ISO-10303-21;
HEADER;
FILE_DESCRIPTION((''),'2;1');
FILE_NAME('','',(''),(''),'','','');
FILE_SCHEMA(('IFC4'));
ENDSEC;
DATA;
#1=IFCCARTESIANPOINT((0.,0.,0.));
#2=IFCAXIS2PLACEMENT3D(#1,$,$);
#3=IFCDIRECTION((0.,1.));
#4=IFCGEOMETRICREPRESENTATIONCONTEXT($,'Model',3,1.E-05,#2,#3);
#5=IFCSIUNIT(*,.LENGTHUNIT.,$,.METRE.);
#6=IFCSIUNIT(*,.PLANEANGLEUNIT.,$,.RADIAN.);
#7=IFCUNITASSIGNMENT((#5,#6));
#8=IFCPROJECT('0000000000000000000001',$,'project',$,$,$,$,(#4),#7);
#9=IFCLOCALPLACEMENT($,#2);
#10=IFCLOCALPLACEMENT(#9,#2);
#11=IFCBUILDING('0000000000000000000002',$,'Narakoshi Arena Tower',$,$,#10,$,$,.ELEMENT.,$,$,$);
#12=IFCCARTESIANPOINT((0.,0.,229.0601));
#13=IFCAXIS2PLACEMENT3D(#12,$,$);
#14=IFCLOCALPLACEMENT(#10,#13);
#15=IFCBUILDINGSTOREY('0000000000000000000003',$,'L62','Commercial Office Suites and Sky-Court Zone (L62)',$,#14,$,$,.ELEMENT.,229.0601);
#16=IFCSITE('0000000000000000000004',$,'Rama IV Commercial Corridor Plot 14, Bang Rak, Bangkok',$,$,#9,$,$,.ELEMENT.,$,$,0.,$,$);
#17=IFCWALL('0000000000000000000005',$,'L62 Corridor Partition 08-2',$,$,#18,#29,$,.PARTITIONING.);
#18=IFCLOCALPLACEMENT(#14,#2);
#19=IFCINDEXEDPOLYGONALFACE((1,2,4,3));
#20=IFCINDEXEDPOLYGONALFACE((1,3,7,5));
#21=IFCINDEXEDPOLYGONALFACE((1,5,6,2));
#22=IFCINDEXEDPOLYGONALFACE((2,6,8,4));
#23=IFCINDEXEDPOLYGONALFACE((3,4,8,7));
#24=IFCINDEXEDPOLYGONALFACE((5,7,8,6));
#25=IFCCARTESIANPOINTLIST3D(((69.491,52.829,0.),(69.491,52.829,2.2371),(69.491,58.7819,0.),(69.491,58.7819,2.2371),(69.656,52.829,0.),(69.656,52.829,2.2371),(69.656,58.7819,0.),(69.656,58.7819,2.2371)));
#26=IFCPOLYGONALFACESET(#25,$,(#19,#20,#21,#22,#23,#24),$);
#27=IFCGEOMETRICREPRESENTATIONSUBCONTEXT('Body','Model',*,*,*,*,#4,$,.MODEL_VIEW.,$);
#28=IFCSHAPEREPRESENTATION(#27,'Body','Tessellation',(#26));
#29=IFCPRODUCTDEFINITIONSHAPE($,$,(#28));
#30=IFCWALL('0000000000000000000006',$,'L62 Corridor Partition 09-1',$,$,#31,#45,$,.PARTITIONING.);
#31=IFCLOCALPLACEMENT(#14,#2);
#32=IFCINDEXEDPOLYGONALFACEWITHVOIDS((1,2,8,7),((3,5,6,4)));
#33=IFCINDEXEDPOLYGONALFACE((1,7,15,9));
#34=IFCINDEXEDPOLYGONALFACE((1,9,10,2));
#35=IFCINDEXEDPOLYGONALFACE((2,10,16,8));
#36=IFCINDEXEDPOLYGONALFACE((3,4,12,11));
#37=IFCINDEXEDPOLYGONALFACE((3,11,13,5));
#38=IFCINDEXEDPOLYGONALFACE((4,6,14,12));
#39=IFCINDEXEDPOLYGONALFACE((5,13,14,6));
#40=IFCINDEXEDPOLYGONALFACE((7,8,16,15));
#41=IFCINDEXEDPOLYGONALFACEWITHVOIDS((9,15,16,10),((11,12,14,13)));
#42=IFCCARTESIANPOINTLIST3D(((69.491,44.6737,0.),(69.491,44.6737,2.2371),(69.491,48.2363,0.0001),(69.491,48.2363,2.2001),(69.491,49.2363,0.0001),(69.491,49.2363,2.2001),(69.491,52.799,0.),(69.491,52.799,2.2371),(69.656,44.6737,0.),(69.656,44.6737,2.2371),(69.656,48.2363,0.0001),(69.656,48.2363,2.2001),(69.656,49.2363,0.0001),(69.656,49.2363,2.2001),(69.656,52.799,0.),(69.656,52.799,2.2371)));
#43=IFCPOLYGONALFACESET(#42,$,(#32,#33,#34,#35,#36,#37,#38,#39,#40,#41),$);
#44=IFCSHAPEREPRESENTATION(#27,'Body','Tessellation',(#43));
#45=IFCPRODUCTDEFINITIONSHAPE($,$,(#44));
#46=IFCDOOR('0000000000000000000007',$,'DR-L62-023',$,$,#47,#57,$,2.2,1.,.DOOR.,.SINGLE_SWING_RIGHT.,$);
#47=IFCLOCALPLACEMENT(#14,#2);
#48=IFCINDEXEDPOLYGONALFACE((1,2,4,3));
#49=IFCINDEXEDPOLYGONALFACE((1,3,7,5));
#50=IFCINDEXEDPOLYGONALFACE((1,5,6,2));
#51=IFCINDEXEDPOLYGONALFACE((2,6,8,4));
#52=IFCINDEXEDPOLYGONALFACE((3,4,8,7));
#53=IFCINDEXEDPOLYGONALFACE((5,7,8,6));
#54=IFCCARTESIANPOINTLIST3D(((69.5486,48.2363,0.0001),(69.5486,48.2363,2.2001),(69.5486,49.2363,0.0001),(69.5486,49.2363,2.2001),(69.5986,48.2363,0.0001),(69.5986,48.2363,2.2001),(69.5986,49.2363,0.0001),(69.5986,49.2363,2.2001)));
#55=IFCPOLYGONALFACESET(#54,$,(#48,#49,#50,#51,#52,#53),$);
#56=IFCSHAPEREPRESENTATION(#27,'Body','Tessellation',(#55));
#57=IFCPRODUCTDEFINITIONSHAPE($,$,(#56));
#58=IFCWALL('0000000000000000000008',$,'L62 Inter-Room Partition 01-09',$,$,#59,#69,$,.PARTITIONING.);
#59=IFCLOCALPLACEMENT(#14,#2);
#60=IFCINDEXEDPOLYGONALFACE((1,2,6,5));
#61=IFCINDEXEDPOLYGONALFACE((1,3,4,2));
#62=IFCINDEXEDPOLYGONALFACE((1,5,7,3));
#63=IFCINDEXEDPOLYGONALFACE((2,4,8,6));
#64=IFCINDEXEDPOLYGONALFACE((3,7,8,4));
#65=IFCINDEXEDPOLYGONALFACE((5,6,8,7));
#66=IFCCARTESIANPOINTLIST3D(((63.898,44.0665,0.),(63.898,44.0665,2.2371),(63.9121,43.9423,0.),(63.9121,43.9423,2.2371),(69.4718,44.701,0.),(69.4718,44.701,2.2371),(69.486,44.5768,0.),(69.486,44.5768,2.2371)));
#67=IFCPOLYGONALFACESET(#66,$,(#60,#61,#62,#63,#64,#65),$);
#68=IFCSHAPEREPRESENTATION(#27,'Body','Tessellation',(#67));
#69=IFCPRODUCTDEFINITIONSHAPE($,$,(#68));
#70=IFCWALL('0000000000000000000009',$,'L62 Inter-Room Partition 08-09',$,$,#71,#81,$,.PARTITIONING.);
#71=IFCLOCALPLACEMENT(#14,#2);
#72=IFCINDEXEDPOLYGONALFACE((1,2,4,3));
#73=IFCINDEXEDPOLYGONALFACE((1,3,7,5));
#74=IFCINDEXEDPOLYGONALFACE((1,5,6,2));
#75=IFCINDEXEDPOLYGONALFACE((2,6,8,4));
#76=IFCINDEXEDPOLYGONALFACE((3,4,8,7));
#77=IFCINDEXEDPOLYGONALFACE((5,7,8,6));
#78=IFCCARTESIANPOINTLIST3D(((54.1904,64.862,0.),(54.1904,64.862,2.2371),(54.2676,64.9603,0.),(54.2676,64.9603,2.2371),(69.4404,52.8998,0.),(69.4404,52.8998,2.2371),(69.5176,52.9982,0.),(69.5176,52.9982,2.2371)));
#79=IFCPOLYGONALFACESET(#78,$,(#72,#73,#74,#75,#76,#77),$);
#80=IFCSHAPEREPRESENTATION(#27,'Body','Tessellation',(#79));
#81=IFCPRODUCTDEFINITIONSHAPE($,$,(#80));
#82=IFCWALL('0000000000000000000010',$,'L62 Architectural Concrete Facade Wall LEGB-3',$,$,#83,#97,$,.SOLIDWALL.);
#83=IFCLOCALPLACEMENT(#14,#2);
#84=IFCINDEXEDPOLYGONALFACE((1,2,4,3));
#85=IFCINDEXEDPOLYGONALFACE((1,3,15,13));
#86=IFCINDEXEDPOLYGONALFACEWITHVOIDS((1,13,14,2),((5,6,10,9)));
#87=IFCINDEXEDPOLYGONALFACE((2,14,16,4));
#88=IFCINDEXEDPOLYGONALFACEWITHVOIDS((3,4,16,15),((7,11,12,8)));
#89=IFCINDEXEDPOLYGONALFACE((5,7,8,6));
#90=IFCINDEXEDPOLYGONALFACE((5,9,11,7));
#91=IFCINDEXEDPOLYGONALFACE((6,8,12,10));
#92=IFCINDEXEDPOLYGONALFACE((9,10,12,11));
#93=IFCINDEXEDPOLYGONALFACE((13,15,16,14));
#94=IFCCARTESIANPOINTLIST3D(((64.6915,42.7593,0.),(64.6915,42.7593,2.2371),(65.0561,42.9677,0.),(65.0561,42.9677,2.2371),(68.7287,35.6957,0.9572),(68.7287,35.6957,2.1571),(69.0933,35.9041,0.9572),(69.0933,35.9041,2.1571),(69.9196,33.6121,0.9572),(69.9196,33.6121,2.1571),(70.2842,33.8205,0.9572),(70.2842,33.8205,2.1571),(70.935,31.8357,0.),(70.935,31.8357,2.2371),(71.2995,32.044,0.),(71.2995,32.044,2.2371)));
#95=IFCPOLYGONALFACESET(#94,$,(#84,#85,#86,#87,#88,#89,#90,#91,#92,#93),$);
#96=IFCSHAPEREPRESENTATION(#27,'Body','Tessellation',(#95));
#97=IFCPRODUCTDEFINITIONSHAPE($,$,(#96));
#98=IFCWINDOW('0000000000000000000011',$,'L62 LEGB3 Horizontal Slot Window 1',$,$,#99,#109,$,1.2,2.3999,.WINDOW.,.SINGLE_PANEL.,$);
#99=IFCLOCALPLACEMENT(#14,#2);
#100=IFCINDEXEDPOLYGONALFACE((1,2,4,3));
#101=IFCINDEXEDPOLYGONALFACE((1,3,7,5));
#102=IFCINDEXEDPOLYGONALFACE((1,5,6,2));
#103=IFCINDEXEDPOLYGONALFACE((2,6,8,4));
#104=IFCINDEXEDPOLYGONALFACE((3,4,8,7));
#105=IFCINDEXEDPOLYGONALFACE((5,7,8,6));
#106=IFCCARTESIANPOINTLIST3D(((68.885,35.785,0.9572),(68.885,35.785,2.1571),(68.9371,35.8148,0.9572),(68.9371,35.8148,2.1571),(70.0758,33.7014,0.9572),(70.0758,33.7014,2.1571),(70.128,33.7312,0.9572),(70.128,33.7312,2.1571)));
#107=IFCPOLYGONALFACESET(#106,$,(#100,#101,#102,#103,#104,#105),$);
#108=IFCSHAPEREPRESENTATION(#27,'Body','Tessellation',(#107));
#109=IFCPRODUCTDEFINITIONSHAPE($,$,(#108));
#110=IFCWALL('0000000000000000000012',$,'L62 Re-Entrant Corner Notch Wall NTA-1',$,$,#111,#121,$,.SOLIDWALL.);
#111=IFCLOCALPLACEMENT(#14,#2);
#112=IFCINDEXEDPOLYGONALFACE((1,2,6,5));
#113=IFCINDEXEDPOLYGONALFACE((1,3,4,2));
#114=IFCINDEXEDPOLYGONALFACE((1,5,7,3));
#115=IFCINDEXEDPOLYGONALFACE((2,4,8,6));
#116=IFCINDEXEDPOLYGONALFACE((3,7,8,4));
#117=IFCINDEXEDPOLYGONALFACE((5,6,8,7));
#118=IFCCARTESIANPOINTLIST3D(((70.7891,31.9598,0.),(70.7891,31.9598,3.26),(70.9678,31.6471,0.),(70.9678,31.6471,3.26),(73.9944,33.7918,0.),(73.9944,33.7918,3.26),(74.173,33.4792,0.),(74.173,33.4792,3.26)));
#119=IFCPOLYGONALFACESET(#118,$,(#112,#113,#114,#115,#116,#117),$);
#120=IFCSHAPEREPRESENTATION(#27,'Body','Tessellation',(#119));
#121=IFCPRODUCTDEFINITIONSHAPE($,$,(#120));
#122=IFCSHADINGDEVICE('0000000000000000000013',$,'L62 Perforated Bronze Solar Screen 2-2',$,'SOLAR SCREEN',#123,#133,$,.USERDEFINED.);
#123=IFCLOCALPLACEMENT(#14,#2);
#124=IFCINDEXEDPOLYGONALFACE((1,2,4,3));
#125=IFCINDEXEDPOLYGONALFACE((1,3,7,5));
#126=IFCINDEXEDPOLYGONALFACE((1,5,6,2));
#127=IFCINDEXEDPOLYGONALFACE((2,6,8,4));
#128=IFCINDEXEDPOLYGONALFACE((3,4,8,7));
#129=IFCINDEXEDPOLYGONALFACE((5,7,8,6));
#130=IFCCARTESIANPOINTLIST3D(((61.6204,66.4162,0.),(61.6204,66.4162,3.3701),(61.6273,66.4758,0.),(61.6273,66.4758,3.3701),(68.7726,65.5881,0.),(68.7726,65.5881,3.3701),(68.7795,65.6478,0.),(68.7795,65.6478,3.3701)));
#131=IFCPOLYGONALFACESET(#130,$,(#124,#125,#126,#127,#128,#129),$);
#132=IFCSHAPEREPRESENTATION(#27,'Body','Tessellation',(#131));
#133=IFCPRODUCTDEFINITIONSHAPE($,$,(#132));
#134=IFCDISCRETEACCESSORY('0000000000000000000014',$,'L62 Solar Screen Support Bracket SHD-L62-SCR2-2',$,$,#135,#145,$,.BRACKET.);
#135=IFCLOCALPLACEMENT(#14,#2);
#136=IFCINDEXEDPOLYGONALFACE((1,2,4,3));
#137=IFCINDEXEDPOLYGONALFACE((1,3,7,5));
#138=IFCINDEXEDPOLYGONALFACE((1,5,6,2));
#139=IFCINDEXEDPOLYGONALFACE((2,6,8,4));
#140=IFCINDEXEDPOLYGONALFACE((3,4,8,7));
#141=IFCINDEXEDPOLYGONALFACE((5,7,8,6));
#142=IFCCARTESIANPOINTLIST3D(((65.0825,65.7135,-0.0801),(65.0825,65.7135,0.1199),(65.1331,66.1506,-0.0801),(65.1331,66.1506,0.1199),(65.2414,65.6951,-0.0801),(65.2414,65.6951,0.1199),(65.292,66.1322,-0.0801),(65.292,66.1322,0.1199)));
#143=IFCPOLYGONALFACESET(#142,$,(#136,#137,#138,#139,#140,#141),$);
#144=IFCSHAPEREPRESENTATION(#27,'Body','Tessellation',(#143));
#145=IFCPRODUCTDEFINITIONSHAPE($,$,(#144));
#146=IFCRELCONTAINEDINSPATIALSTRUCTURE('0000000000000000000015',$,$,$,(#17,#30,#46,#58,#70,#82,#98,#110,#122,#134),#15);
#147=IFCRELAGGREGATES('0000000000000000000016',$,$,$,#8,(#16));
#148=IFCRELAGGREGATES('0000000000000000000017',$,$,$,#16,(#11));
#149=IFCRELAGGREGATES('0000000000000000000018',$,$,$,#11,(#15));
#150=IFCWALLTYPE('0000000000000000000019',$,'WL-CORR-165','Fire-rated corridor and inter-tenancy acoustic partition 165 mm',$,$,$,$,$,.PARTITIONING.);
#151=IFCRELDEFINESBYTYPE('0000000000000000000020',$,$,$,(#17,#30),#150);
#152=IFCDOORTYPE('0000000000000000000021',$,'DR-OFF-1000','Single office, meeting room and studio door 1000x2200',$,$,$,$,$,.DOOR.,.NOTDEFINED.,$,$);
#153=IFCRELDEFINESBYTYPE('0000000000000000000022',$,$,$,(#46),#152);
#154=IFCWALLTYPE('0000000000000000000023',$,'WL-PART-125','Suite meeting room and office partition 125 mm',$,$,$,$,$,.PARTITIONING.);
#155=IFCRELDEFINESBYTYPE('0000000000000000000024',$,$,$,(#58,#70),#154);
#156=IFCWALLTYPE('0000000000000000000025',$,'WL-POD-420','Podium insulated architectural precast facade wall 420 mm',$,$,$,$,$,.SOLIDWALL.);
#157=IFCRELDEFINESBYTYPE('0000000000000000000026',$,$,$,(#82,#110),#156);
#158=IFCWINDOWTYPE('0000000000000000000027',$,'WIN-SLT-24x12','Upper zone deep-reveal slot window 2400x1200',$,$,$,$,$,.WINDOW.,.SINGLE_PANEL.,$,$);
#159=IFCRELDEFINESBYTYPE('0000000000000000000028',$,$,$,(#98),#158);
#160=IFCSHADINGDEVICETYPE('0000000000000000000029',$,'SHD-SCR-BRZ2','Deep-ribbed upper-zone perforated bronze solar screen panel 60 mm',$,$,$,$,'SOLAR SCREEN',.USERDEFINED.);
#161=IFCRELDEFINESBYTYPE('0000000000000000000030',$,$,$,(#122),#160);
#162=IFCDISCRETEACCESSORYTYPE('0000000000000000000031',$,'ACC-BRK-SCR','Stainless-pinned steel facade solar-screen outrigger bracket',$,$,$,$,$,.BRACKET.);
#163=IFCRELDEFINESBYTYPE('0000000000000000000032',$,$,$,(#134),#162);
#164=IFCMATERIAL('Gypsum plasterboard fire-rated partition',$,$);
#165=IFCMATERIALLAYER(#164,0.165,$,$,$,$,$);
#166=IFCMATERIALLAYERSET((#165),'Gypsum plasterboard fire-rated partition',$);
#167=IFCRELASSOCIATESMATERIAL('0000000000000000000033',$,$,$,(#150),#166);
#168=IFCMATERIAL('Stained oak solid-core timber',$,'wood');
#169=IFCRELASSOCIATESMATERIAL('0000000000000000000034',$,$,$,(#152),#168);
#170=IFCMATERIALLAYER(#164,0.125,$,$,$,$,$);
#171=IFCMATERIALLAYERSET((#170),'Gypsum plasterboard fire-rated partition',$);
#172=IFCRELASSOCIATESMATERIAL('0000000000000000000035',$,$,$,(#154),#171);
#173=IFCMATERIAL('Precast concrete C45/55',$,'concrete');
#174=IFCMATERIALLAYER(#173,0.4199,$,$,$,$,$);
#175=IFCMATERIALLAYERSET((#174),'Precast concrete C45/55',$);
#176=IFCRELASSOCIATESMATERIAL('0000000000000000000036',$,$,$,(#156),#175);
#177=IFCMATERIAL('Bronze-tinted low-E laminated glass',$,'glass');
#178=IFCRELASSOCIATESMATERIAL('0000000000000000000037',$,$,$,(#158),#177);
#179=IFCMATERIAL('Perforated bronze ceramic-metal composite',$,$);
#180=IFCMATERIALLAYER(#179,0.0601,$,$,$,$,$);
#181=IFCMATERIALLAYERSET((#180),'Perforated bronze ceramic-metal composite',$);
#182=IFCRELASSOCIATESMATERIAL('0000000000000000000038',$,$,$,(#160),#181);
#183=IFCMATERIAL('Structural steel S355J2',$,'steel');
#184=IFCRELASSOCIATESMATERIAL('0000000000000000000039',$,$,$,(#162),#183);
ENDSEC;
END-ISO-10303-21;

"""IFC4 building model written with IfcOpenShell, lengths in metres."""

from ifc_helpers import new_model, si_unit, direction, frame, frame_2d, origin, origin_2d, place, context, subcontext, project, spatial, rectangle, extrude, material, layer, layer_set, type_object, element, fill, save


model = new_model("IFC4")

# Units and contexts
model_context = context("Model", 3, precision=1e-05, world=origin(), true_north=direction((0.0, 1.0)))
body_context = subcontext(model_context, "Body", "Model", "MODEL_VIEW")
ifc_project = project(units=[si_unit("LENGTHUNIT", "METRE"), si_unit("PLANEANGLEUNIT", "RADIAN")], contexts=[model_context])

# Site, building, storey
site_placement = place(None, origin())
site = spatial("IfcSite", under=ifc_project, at=site_placement, Name="Rama IV Commercial Corridor Plot 14, Bang Rak, Bangkok", CompositionType="ELEMENT", RefElevation=0.0)
building_placement = place(site_placement, origin())
building = spatial("IfcBuilding", under=site, at=building_placement, Name="Narakoshi Arena Tower", CompositionType="ELEMENT")
storey_placement = place(building_placement, frame((0.0, 0.0, 229.0601)))
storey = spatial("IfcBuildingStorey", under=building, at=storey_placement, Name="L62", Description="Commercial Office Suites and Sky-Court Zone (L62)", CompositionType="ELEMENT", Elevation=229.0601)

# Shared definitions
ifc_material_1 = material(Name="Structural steel S355J2", Category="steel")

# Shared definitions
ifc_material_2 = material(Name="Bronze-tinted low-E laminated glass", Category="glass")

# Shared definitions
ifc_material_3 = material(Name="Gypsum plasterboard fire-rated partition")
ifc_layer_1 = layer(ifc_material_3, 0.165)
ifc_layer_set_1 = layer_set([ifc_layer_1], Name="Gypsum plasterboard fire-rated partition")
wall_type_1 = type_object("IfcWallType", Name="WL-CORR-165", Description="Fire-rated corridor and inter-tenancy acoustic partition 165 mm", PredefinedType="PARTITIONING", material=ifc_layer_set_1)
ifc_material_4 = material(Name="Stained oak solid-core timber", Category="wood")
door_type = type_object("IfcDoorType", Name="DR-OFF-1000", Description="Single office, meeting room and studio door 1000x2200", OperationType="NOTDEFINED", PredefinedType="DOOR", material=ifc_material_4)

# Wall
wall_1_placement = place(storey_placement, frame((69.5735, 58.782, 0.0), z_axis=(0.0, 0.0, 1.0), x_axis=(0.0, -1.0, 0.0)))
element("IfcWall", 1, at=wall_1_placement, inside=storey, type_object=wall_type_1, Name="L62 Corridor Partition 08-2", PredefinedType="PARTITIONING", context=body_context, shape_type="SweptSolid", body=[
    extrude(rectangle(XDim=5.9529, YDim=0.165, at=frame_2d((2.9766, 0.0))), origin(), (0.0, 0.0, 1.0), 2.2371),
])

# Wall, opening, door
wall_2_placement = place(storey_placement, frame((69.5735, 52.7988, 0.0), z_axis=(0.0, 0.0, 1.0), x_axis=(0.0, -1.0, 0.0)))
wall_2 = element("IfcWall", 2, at=wall_2_placement, inside=storey, type_object=wall_type_1, Name="L62 Corridor Partition 09-1", PredefinedType="PARTITIONING", context=body_context, shape_type="SweptSolid", body=[
    extrude(rectangle(XDim=8.1252, YDim=0.165, at=frame_2d((4.0625, 0.0))), origin(), (0.0, 0.0, 1.0), 2.2371),
])
opening_1_placement = place(wall_2_placement, frame((3.5625, 0.0, 0.0)))
opening_1 = element("IfcOpeningElement", 3, at=opening_1_placement, cuts=wall_2, PredefinedType="OPENING", context=body_context, shape_type="SweptSolid", body=[
    extrude(rectangle(XDim=1.0, YDim=2.2, at=frame_2d((0.5, 1.1001))), frame((0.0, 0.0925, 0.0), z_axis=(0.0, -1.0, 0.0), x_axis=(1.0, 0.0, 0.0)), (0.0, 0.0, 1.0), 0.1851),
])
door_1_placement = place(opening_1_placement, frame((1.0, 0.0, 0.0), z_axis=(0.0, 0.0, 1.0), x_axis=(-1.0, 0.0, 0.0)))
door_1 = element("IfcDoor", 4, at=door_1_placement, inside=storey, type_object=door_type, Name="DR-L62-023", OperationType="SINGLE_SWING_RIGHT", OverallHeight=2.2, OverallWidth=1.0, PredefinedType="DOOR", context=body_context, shape_type="SweptSolid", body=[
    extrude(rectangle(XDim=1.0, YDim=2.2, at=frame_2d((0.5, 1.1001))), frame((0.0, 0.0249, 0.0), z_axis=(0.0, -1.0, 0.0), x_axis=(1.0, 0.0, 0.0)), (0.0, 0.0, 1.0), 0.05),
])
fill(opening_1, door_1)

# Walls
ifc_layer_2 = layer(ifc_material_3, 0.125)
ifc_layer_set_2 = layer_set([ifc_layer_2], Name="Gypsum plasterboard fire-rated partition")
wall_type_2 = type_object("IfcWallType", Name="WL-PART-125", Description="Suite meeting room and office partition 125 mm", PredefinedType="PARTITIONING", material=ifc_layer_set_2)
wall_3_placement = place(storey_placement, frame((63.905, 44.0044, 0.0), z_axis=(0.0, 0.0, 1.0), x_axis=(0.993583, 0.113106, 0.0)))
element("IfcWall", 5, at=wall_3_placement, inside=storey, type_object=wall_type_2, Name="L62 Inter-Room Partition 01-09", PredefinedType="PARTITIONING", context=body_context, shape_type="SweptSolid", body=[
    extrude(rectangle(XDim=5.6099, YDim=0.125, at=frame_2d((2.8049, 0.0))), origin(), (0.0, 0.0, 1.0), 2.2371),
])
wall_4_placement = place(storey_placement, frame((69.479, 52.949, 0.0), z_axis=(0.0, 0.0, 1.0), x_axis=(-0.786819, 0.617184, 0.0)))
element("IfcWall", 6, at=wall_4_placement, inside=storey, type_object=wall_type_2, Name="L62 Inter-Room Partition 08-09", PredefinedType="PARTITIONING", context=body_context, shape_type="SweptSolid", body=[
    extrude(rectangle(XDim=19.3818, YDim=0.125, at=frame_2d((9.6909, 0.0))), origin(), (0.0, 0.0, 1.0), 2.2371),
])

# Wall, opening, window
ifc_material_5 = material(Name="Precast concrete C45/55", Category="concrete")
ifc_layer_3 = layer(ifc_material_5, 0.4199)
ifc_layer_set_3 = layer_set([ifc_layer_3], Name="Precast concrete C45/55")
wall_type_3 = type_object("IfcWallType", Name="WL-POD-420", Description="Podium insulated architectural precast facade wall 420 mm", PredefinedType="SOLIDWALL", material=ifc_layer_set_3)
wall_5_placement = place(storey_placement, frame((64.8738, 42.8635, 0.0), z_axis=(0.0, 0.0, 1.0), x_axis=(0.49622, -0.868197, 0.0)))
wall_5 = element("IfcWall", 7, at=wall_5_placement, inside=storey, type_object=wall_type_3, Name="L62 Architectural Concrete Facade Wall LEGB-3", PredefinedType="SOLIDWALL", context=body_context, shape_type="SweptSolid", body=[
    extrude(rectangle(XDim=12.582, YDim=0.4199, at=frame_2d((6.291, 0.0))), origin(), (0.0, 0.0, 1.0), 2.2371),
])
opening_2_placement = place(wall_5_placement, frame((8.136, 0.0, 0.957)))
opening_2 = element("IfcOpeningElement", 8, at=opening_2_placement, cuts=wall_5, PredefinedType="OPENING", context=body_context, shape_type="SweptSolid", body=[
    extrude(rectangle(XDim=2.3999, YDim=1.2, at=frame_2d((1.2, 0.6001))), frame((0.0, 0.22, 0.0), z_axis=(0.0, -1.0, 0.0), x_axis=(1.0, 0.0, 0.0)), (0.0, 0.0, 1.0), 0.4399),
])
window_type = type_object("IfcWindowType", Name="WIN-SLT-24x12", Description="Upper zone deep-reveal slot window 2400x1200", PartitioningType="SINGLE_PANEL", PredefinedType="WINDOW", material=ifc_material_2)
window_placement = place(opening_2_placement, origin())
window = element("IfcWindow", 9, at=window_placement, inside=storey, type_object=window_type, Name="L62 LEGB3 Horizontal Slot Window 1", OverallHeight=1.2, OverallWidth=2.3999, PartitioningType="SINGLE_PANEL", PredefinedType="WINDOW", context=body_context, shape_type="SweptSolid", body=[
    extrude(rectangle(XDim=2.3999, YDim=1.2, at=frame_2d((1.2, 0.6001))), frame((0.0, 0.03, 0.0), z_axis=(0.0, -1.0, 0.0), x_axis=(1.0, 0.0, 0.0)), (0.0, 0.0, 1.0), 0.0601),
])
fill(opening_2, window)

# Wall
wall_6_placement = place(storey_placement, frame((70.8784, 31.8035, 0.0), z_axis=(0.0, 0.0, 1.0), x_axis=(0.868194, 0.496224, 0.0)))
element("IfcWall", 10, at=wall_6_placement, inside=storey, type_object=wall_type_3, Name="L62 Re-Entrant Corner Notch Wall NTA-1", PredefinedType="SOLIDWALL", context=body_context, shape_type="SweptSolid", body=[
    extrude(rectangle(XDim=3.6919, YDim=0.3601, at=frame_2d((1.8459, 0.0))), origin(), (0.0, 0.0, 1.0), 3.26),
])

# Shading device
ifc_material_6 = material(Name="Perforated bronze ceramic-metal composite")
ifc_layer_4 = layer(ifc_material_6, 0.0601)
ifc_layer_set_4 = layer_set([ifc_layer_4], Name="Perforated bronze ceramic-metal composite")
shading_device_type = type_object("IfcShadingDeviceType", Name="SHD-SCR-BRZ2", Description="Deep-ribbed upper-zone perforated bronze solar screen panel 60 mm", ElementType="SOLAR SCREEN", PredefinedType="USERDEFINED", material=ifc_layer_set_4)
shading_device_placement = place(storey_placement, frame((65.2, 66.032, 0.0), z_axis=(0.0, 0.0, 1.0), x_axis=(-0.993365, 0.115007, 0.0)))
element("IfcShadingDevice", 11, at=shading_device_placement, inside=storey, type_object=shading_device_type, Name="L62 Perforated Bronze Solar Screen 2-2", ObjectType="SOLAR SCREEN", PredefinedType="USERDEFINED", context=body_context, shape_type="SweptSolid", body=[
    extrude(rectangle(XDim=7.2, YDim=0.0601, at=origin_2d()), origin(), (0.0, 0.0, 1.0), 3.3701),
])

# Discrete accessory
discrete_accessory_type = type_object("IfcDiscreteAccessoryType", Name="ACC-BRK-SCR", Description="Stainless-pinned steel facade solar-screen outrigger bracket", PredefinedType="BRACKET", material=ifc_material_1)
discrete_accessory_placement = place(storey_placement, frame((65.1873, 65.9229, -0.0801), z_axis=(0.0, 0.0, 1.0), x_axis=(-0.993365, 0.115007, 0.0)))
element("IfcDiscreteAccessory", 12, at=discrete_accessory_placement, inside=storey, type_object=discrete_accessory_type, Name="L62 Solar Screen Support Bracket SHD-L62-SCR2-2", PredefinedType="BRACKET", context=body_context, shape_type="SweptSolid", body=[
    extrude(rectangle(XDim=0.1599, YDim=0.4399, at=origin_2d()), origin(), (0.0, 0.0, 1.0), 0.2),
])

save(model, "model.ifc")
